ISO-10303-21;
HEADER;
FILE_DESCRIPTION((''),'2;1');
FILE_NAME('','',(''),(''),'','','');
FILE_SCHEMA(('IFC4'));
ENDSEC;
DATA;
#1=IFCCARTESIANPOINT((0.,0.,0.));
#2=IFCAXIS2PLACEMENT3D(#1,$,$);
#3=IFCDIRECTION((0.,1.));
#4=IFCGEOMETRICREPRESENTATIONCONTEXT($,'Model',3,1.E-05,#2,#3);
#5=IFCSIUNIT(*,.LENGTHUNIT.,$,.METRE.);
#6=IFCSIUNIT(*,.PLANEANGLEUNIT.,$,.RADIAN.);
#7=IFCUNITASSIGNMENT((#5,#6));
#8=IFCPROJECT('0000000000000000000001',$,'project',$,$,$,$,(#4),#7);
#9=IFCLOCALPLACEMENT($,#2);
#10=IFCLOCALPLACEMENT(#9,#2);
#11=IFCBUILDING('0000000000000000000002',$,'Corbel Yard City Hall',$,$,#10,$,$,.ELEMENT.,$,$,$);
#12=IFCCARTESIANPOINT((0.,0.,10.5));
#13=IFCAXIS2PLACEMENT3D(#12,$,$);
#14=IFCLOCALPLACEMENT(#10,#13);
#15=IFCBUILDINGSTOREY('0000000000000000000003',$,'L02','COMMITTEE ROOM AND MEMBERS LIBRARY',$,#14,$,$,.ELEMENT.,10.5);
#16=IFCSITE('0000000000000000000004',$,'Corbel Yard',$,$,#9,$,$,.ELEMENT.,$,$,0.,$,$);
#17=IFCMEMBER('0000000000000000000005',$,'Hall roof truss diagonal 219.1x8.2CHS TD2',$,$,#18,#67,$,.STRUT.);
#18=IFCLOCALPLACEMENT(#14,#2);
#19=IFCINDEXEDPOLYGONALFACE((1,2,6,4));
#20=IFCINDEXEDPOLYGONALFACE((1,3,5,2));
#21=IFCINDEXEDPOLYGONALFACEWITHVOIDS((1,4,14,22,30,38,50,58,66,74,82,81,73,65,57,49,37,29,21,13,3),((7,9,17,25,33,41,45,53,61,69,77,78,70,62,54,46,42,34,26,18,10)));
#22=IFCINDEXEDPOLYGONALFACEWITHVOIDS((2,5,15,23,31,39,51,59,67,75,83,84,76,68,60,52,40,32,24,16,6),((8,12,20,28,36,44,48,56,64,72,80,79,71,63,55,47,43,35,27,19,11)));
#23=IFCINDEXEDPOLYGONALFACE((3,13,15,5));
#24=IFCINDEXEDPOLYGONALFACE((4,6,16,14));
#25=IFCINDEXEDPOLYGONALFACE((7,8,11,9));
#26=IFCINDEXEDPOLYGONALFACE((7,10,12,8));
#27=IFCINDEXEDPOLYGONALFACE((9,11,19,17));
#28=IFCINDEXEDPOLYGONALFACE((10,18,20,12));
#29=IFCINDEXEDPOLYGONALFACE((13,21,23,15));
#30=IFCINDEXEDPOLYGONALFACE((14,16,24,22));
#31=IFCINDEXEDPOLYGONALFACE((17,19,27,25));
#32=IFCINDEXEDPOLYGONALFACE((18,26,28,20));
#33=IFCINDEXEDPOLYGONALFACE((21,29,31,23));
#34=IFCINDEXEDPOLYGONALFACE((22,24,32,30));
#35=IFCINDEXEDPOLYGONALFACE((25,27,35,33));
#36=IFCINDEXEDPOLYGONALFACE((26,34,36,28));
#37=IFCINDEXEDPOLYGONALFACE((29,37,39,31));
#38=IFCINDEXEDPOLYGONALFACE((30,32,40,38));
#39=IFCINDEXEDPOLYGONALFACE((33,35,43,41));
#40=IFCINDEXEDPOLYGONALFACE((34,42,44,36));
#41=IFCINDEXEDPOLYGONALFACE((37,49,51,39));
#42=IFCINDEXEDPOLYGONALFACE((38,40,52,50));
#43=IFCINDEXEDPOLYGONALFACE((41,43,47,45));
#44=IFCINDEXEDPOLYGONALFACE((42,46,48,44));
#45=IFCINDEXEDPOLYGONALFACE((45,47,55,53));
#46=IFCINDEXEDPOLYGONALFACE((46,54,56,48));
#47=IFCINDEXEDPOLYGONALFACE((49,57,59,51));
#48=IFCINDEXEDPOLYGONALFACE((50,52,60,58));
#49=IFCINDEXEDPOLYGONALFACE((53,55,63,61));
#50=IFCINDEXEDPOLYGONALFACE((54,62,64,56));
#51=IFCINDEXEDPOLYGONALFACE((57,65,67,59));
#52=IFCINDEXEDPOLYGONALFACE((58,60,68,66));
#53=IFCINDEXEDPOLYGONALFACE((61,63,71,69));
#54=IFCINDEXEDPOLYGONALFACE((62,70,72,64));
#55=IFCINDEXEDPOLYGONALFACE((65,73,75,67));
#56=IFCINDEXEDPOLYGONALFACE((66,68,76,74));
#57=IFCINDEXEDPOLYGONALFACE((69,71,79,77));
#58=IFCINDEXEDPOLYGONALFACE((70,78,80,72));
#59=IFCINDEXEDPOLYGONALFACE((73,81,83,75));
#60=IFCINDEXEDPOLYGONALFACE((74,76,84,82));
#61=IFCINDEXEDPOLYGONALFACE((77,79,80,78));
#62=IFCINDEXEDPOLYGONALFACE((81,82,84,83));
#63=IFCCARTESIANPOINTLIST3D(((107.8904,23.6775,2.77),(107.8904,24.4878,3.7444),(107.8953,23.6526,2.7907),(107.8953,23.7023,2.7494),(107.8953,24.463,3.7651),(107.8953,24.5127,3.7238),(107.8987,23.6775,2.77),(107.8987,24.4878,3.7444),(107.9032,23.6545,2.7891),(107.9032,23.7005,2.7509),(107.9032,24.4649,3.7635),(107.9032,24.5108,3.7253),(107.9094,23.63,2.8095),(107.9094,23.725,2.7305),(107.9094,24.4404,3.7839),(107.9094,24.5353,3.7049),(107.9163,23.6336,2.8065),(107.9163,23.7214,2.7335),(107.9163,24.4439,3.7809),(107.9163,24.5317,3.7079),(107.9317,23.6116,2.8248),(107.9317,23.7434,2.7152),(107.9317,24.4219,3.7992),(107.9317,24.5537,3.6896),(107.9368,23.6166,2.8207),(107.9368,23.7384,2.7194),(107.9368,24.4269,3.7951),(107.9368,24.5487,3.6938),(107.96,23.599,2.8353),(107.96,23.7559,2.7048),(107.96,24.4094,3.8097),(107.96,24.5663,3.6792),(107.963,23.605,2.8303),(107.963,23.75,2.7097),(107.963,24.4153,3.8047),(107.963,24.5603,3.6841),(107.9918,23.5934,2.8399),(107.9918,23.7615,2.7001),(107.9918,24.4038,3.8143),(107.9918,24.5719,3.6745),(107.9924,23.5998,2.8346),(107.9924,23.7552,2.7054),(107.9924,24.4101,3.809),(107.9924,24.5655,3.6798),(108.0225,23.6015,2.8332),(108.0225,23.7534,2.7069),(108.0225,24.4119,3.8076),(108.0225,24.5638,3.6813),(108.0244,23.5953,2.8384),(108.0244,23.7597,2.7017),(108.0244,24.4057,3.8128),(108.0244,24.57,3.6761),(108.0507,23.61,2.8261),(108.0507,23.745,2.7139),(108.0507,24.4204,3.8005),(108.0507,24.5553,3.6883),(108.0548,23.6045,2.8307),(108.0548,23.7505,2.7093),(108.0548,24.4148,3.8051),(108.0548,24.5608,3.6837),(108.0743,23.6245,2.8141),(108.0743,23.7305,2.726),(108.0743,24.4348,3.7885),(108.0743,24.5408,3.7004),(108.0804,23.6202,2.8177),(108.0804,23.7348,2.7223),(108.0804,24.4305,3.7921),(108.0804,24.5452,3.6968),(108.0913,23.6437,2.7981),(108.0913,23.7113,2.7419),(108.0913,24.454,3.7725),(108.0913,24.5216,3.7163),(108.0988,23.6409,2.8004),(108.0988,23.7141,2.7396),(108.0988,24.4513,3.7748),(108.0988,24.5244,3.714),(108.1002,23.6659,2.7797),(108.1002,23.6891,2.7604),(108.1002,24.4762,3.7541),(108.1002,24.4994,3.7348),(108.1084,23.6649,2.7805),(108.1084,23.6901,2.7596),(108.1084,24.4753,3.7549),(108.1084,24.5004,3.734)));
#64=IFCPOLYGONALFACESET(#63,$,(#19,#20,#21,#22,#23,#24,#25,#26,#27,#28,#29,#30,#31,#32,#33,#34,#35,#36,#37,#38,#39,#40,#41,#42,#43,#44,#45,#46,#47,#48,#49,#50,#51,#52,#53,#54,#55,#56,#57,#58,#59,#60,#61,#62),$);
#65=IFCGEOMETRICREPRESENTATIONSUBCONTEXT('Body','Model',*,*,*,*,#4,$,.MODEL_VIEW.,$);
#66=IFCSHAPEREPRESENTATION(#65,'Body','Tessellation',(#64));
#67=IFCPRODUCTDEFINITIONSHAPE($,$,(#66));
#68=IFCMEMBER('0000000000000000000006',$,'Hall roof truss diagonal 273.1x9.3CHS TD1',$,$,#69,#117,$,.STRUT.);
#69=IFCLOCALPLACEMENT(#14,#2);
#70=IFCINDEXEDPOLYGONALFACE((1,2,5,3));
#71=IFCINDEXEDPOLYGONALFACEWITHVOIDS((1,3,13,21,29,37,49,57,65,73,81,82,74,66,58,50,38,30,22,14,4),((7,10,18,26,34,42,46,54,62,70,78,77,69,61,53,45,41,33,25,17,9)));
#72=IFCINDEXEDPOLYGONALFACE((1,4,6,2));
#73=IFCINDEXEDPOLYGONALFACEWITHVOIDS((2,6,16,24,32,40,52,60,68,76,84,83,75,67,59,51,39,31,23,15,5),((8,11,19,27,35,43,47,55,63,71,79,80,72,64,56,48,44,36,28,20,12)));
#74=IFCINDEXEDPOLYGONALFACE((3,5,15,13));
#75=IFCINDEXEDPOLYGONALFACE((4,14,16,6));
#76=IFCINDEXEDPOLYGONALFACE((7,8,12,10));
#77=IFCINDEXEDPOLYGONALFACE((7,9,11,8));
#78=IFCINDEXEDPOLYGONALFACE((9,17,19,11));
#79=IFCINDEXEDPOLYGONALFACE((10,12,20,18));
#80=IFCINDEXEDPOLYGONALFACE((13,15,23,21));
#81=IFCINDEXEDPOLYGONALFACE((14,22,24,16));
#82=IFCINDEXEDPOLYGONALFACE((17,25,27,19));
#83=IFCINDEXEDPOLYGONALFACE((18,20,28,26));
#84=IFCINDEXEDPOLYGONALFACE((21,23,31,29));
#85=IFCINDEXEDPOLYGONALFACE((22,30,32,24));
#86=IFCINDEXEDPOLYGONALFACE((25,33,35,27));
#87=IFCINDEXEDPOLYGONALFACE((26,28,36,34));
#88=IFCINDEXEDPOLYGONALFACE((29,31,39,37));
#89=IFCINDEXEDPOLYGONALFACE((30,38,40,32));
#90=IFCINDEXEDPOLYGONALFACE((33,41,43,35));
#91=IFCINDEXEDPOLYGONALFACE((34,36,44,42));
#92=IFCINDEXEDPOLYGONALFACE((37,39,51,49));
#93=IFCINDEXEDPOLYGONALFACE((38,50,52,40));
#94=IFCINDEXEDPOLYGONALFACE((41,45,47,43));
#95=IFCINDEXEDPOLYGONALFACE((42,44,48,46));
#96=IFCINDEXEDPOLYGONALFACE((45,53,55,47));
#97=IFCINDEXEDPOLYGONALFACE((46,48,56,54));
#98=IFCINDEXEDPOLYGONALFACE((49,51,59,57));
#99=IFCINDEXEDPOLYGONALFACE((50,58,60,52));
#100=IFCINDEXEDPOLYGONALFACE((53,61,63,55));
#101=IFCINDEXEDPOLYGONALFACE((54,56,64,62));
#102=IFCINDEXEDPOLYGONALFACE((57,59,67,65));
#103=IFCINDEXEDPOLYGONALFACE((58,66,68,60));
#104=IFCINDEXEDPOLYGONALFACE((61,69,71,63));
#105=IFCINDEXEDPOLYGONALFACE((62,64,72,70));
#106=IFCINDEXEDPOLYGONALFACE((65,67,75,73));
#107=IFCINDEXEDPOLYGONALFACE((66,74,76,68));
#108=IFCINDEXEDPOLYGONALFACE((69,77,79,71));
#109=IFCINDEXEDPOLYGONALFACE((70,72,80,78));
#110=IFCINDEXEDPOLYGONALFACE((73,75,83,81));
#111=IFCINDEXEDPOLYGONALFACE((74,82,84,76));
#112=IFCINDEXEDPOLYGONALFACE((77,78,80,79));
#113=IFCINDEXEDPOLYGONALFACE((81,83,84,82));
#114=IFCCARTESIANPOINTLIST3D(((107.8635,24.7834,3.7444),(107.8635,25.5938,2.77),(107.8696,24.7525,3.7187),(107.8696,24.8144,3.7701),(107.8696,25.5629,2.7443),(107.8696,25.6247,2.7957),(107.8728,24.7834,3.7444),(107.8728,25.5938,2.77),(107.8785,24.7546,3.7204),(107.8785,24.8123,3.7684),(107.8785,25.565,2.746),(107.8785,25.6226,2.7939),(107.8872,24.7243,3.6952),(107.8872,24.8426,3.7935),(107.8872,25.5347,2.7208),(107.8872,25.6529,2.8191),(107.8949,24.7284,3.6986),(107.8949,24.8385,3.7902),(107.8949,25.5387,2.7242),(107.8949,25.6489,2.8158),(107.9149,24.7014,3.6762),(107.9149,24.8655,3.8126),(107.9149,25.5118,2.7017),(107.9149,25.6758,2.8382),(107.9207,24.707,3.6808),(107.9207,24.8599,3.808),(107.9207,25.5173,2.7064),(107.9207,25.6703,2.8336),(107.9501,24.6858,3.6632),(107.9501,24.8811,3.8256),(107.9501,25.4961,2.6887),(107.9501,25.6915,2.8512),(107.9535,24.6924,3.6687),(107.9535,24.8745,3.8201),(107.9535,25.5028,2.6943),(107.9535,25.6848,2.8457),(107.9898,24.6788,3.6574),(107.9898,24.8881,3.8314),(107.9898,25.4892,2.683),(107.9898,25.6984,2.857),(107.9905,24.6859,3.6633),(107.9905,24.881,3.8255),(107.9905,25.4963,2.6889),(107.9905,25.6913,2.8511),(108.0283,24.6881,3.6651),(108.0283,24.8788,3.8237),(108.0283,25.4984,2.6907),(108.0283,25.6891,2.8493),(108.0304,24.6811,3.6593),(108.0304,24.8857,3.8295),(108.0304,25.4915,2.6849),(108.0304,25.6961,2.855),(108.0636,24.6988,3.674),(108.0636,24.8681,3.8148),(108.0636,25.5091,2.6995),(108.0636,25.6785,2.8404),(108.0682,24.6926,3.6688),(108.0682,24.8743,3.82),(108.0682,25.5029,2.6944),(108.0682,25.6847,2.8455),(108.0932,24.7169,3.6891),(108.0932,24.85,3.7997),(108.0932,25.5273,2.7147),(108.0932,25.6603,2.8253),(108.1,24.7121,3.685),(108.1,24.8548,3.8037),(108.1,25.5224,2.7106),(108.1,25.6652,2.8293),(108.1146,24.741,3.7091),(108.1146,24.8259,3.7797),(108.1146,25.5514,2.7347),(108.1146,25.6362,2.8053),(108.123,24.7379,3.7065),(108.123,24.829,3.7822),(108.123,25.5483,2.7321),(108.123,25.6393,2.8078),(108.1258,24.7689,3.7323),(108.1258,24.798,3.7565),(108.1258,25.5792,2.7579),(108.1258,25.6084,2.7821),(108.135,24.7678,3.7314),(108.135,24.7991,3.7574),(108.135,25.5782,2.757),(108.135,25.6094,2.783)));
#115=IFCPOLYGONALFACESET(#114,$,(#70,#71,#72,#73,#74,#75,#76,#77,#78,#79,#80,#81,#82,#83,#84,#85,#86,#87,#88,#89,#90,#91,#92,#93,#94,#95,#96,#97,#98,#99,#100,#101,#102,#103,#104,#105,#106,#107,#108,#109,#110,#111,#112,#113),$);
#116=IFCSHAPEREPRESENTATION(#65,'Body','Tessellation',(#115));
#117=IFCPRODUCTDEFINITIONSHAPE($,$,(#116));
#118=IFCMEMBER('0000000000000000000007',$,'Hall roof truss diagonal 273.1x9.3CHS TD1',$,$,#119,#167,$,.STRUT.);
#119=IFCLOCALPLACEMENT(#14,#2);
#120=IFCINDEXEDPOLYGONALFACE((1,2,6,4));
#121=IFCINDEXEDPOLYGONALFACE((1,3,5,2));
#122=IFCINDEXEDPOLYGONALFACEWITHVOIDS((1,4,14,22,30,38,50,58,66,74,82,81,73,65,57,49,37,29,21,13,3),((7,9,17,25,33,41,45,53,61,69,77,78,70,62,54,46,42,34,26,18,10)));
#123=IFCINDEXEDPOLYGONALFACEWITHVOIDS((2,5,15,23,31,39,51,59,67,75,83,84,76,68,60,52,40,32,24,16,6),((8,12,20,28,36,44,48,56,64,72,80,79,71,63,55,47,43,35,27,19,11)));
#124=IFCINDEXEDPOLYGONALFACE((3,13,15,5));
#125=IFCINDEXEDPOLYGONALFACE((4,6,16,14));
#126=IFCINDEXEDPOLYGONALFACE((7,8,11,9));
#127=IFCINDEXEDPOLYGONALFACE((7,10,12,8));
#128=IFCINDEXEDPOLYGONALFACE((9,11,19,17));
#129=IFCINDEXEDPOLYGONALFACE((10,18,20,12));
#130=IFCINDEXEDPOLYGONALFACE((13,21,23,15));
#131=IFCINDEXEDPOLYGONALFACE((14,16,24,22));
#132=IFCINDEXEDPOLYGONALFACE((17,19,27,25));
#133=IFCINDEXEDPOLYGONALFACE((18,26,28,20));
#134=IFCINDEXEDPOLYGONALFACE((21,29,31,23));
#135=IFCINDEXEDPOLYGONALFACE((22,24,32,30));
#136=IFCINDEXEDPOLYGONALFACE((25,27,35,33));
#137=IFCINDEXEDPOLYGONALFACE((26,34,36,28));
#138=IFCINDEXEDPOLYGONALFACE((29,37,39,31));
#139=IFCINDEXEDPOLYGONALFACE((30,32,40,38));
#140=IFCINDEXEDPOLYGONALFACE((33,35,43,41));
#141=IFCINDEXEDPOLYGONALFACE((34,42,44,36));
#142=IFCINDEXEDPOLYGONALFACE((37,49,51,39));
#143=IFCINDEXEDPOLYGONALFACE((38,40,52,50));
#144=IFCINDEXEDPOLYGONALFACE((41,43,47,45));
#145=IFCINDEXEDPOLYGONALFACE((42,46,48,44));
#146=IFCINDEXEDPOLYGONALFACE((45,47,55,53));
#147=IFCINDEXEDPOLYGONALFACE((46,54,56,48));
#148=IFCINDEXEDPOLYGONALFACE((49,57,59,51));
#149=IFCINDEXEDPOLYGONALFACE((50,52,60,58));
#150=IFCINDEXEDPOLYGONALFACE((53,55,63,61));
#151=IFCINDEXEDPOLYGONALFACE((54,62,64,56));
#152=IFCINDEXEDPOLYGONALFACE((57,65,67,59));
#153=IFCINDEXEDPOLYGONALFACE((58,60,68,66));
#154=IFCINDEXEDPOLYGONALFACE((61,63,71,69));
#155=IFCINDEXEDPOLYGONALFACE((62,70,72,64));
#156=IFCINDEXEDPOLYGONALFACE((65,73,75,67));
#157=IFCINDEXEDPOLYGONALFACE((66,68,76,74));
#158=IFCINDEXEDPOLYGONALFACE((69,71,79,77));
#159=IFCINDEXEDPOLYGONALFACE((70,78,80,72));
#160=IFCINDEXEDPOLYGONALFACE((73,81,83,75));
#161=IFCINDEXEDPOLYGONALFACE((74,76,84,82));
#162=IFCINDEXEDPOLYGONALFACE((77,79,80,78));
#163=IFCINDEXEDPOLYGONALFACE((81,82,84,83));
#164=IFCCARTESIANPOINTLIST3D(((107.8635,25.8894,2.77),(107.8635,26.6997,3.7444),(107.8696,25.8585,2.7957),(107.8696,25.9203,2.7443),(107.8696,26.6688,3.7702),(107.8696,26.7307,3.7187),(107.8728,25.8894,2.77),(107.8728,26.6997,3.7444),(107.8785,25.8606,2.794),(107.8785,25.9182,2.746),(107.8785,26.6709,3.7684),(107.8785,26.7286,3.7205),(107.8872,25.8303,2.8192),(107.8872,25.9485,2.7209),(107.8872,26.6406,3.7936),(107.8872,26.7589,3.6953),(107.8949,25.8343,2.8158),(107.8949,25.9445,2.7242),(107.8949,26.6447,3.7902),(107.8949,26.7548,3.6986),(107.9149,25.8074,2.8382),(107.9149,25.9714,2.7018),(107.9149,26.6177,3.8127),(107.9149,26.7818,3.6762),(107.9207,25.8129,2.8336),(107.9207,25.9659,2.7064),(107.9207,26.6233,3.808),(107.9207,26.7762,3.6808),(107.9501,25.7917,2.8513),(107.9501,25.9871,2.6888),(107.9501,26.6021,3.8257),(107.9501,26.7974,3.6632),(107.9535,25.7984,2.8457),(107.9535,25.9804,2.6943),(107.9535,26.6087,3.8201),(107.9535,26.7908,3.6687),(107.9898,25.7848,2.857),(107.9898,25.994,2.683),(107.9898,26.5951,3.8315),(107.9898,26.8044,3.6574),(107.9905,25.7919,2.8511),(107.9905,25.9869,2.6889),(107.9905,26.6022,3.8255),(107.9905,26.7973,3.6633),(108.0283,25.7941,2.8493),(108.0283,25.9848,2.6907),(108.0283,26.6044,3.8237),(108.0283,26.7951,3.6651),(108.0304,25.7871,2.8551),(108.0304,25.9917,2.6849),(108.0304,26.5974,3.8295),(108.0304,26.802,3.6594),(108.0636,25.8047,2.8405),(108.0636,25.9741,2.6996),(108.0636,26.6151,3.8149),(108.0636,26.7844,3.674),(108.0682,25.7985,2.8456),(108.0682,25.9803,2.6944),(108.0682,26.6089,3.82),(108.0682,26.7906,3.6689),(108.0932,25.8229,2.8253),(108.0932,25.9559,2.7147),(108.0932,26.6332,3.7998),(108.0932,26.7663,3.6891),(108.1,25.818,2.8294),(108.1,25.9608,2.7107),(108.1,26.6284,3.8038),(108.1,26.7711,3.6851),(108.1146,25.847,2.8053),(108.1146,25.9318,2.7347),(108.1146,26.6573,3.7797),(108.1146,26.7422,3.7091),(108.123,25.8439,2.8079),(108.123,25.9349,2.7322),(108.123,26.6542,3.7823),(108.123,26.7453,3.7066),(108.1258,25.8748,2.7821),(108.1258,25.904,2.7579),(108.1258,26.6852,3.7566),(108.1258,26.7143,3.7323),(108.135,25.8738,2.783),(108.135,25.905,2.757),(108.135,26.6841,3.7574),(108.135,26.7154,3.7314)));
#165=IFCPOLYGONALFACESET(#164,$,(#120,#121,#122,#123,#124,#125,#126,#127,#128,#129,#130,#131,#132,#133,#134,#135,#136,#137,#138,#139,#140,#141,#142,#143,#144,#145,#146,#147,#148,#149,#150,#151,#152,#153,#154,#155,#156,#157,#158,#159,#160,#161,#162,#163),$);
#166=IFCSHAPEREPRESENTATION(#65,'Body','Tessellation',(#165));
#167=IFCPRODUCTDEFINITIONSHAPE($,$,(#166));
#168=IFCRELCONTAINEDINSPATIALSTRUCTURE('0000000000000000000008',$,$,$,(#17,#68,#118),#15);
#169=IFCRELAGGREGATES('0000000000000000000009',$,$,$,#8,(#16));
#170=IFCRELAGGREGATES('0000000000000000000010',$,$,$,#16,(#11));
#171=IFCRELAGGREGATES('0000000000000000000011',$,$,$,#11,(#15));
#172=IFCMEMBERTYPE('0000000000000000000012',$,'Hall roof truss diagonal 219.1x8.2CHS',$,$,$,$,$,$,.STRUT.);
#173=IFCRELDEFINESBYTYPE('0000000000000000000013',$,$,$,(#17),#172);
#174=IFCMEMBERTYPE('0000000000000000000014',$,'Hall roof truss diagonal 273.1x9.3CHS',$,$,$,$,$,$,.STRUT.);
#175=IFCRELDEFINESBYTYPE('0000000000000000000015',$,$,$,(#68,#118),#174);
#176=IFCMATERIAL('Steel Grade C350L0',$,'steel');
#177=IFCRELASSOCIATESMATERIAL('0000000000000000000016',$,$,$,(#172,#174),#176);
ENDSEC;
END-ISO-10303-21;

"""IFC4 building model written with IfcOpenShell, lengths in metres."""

from ifc_helpers import new_model, si_unit, direction, frame, origin, origin_2d, place, context, subcontext, project, spatial, hollow_circle, extrude, material, material_profile, profile_set, type_object, element, save


model = new_model("IFC4")

# Units and contexts
model_context = context("Model", 3, precision=1e-05, world=origin(), true_north=direction((0.0, 1.0)))
body_context = subcontext(model_context, "Body", "Model", "MODEL_VIEW")
ifc_project = project(units=[si_unit("LENGTHUNIT", "METRE"), si_unit("PLANEANGLEUNIT", "RADIAN")], contexts=[model_context])

# Site, building, storey
site_placement = place(None, origin())
site = spatial("IfcSite", under=ifc_project, at=site_placement, Name="Corbel Yard", CompositionType="ELEMENT", RefElevation=0.0)
building_placement = place(site_placement, origin())
building = spatial("IfcBuilding", under=site, at=building_placement, Name="Corbel Yard City Hall", CompositionType="ELEMENT")
storey_placement = place(building_placement, frame((0.0, 0.0, 10.5)))
storey = spatial("IfcBuildingStorey", under=building, at=storey_placement, Name="L02", Description="COMMITTEE ROOM AND MEMBERS LIBRARY", CompositionType="ELEMENT", Elevation=10.5)

# Members
ifc_material_1 = material(Name="Steel Grade C350L0", Category="steel")
ifc_material_profile_1 = material_profile(ifc_material_1, hollow_circle(Radius=0.1096, WallThickness=0.0083, at=origin_2d()), Name="219.1x8.2CHS")
ifc_profile_set_1 = profile_set([ifc_material_profile_1], Name="Steel Grade C350L0")
member_type_1 = type_object("IfcMemberType", Name="Hall roof truss diagonal 219.1x8.2CHS", PredefinedType="STRUT", material=ifc_profile_set_1)
for number, where, z_axis, x_axis, name in (
    (1, (108.0, 23.6775, 2.77), (0.0, 0.639407, 0.768868), (-1.0, 0.0, 0.0), "Hall roof truss diagonal 219.1x8.2CHS TD2"),
):
    element("IfcMember", number, at=place(storey_placement, frame(where, z_axis=z_axis, x_axis=x_axis)), inside=storey, type_object=member_type_1, Name=name, PredefinedType="STRUT", context=body_context, shape_type="SweptSolid", body=[
        extrude(hollow_circle(Radius=0.1096, WallThickness=0.0083, at=origin_2d()), origin(), (0.0, 0.0, 1.0), 1.2673),
    ])
ifc_material_profile_2 = material_profile(ifc_material_1, hollow_circle(Radius=0.1365, WallThickness=0.0093, at=origin_2d()), Name="273.1x9.3CHS")
ifc_profile_set_2 = profile_set([ifc_material_profile_2], Name="Steel Grade C350L0")
member_type_2 = type_object("IfcMemberType", Name="Hall roof truss diagonal 273.1x9.3CHS", PredefinedType="STRUT", material=ifc_profile_set_2)
for number, where, z_axis, x_axis, name in (
    (2, (108.0, 24.7834, 3.7444), (0.0, 0.639407, -0.768868), (-1.0, 0.0, 0.0), "Hall roof truss diagonal 273.1x9.3CHS TD1"),
    (3, (108.0, 25.8894, 2.77), (0.0, 0.639407, 0.768868), (-1.0, 0.0, 0.0), "Hall roof truss diagonal 273.1x9.3CHS TD1"),
):
    element("IfcMember", number, at=place(storey_placement, frame(where, z_axis=z_axis, x_axis=x_axis)), inside=storey, type_object=member_type_2, Name=name, PredefinedType="STRUT", context=body_context, shape_type="SweptSolid", body=[
        extrude(hollow_circle(Radius=0.1365, WallThickness=0.0093, at=origin_2d()), origin(), (0.0, 0.0, 1.0), 1.2673),
    ])

save(model, "model.ifc")
